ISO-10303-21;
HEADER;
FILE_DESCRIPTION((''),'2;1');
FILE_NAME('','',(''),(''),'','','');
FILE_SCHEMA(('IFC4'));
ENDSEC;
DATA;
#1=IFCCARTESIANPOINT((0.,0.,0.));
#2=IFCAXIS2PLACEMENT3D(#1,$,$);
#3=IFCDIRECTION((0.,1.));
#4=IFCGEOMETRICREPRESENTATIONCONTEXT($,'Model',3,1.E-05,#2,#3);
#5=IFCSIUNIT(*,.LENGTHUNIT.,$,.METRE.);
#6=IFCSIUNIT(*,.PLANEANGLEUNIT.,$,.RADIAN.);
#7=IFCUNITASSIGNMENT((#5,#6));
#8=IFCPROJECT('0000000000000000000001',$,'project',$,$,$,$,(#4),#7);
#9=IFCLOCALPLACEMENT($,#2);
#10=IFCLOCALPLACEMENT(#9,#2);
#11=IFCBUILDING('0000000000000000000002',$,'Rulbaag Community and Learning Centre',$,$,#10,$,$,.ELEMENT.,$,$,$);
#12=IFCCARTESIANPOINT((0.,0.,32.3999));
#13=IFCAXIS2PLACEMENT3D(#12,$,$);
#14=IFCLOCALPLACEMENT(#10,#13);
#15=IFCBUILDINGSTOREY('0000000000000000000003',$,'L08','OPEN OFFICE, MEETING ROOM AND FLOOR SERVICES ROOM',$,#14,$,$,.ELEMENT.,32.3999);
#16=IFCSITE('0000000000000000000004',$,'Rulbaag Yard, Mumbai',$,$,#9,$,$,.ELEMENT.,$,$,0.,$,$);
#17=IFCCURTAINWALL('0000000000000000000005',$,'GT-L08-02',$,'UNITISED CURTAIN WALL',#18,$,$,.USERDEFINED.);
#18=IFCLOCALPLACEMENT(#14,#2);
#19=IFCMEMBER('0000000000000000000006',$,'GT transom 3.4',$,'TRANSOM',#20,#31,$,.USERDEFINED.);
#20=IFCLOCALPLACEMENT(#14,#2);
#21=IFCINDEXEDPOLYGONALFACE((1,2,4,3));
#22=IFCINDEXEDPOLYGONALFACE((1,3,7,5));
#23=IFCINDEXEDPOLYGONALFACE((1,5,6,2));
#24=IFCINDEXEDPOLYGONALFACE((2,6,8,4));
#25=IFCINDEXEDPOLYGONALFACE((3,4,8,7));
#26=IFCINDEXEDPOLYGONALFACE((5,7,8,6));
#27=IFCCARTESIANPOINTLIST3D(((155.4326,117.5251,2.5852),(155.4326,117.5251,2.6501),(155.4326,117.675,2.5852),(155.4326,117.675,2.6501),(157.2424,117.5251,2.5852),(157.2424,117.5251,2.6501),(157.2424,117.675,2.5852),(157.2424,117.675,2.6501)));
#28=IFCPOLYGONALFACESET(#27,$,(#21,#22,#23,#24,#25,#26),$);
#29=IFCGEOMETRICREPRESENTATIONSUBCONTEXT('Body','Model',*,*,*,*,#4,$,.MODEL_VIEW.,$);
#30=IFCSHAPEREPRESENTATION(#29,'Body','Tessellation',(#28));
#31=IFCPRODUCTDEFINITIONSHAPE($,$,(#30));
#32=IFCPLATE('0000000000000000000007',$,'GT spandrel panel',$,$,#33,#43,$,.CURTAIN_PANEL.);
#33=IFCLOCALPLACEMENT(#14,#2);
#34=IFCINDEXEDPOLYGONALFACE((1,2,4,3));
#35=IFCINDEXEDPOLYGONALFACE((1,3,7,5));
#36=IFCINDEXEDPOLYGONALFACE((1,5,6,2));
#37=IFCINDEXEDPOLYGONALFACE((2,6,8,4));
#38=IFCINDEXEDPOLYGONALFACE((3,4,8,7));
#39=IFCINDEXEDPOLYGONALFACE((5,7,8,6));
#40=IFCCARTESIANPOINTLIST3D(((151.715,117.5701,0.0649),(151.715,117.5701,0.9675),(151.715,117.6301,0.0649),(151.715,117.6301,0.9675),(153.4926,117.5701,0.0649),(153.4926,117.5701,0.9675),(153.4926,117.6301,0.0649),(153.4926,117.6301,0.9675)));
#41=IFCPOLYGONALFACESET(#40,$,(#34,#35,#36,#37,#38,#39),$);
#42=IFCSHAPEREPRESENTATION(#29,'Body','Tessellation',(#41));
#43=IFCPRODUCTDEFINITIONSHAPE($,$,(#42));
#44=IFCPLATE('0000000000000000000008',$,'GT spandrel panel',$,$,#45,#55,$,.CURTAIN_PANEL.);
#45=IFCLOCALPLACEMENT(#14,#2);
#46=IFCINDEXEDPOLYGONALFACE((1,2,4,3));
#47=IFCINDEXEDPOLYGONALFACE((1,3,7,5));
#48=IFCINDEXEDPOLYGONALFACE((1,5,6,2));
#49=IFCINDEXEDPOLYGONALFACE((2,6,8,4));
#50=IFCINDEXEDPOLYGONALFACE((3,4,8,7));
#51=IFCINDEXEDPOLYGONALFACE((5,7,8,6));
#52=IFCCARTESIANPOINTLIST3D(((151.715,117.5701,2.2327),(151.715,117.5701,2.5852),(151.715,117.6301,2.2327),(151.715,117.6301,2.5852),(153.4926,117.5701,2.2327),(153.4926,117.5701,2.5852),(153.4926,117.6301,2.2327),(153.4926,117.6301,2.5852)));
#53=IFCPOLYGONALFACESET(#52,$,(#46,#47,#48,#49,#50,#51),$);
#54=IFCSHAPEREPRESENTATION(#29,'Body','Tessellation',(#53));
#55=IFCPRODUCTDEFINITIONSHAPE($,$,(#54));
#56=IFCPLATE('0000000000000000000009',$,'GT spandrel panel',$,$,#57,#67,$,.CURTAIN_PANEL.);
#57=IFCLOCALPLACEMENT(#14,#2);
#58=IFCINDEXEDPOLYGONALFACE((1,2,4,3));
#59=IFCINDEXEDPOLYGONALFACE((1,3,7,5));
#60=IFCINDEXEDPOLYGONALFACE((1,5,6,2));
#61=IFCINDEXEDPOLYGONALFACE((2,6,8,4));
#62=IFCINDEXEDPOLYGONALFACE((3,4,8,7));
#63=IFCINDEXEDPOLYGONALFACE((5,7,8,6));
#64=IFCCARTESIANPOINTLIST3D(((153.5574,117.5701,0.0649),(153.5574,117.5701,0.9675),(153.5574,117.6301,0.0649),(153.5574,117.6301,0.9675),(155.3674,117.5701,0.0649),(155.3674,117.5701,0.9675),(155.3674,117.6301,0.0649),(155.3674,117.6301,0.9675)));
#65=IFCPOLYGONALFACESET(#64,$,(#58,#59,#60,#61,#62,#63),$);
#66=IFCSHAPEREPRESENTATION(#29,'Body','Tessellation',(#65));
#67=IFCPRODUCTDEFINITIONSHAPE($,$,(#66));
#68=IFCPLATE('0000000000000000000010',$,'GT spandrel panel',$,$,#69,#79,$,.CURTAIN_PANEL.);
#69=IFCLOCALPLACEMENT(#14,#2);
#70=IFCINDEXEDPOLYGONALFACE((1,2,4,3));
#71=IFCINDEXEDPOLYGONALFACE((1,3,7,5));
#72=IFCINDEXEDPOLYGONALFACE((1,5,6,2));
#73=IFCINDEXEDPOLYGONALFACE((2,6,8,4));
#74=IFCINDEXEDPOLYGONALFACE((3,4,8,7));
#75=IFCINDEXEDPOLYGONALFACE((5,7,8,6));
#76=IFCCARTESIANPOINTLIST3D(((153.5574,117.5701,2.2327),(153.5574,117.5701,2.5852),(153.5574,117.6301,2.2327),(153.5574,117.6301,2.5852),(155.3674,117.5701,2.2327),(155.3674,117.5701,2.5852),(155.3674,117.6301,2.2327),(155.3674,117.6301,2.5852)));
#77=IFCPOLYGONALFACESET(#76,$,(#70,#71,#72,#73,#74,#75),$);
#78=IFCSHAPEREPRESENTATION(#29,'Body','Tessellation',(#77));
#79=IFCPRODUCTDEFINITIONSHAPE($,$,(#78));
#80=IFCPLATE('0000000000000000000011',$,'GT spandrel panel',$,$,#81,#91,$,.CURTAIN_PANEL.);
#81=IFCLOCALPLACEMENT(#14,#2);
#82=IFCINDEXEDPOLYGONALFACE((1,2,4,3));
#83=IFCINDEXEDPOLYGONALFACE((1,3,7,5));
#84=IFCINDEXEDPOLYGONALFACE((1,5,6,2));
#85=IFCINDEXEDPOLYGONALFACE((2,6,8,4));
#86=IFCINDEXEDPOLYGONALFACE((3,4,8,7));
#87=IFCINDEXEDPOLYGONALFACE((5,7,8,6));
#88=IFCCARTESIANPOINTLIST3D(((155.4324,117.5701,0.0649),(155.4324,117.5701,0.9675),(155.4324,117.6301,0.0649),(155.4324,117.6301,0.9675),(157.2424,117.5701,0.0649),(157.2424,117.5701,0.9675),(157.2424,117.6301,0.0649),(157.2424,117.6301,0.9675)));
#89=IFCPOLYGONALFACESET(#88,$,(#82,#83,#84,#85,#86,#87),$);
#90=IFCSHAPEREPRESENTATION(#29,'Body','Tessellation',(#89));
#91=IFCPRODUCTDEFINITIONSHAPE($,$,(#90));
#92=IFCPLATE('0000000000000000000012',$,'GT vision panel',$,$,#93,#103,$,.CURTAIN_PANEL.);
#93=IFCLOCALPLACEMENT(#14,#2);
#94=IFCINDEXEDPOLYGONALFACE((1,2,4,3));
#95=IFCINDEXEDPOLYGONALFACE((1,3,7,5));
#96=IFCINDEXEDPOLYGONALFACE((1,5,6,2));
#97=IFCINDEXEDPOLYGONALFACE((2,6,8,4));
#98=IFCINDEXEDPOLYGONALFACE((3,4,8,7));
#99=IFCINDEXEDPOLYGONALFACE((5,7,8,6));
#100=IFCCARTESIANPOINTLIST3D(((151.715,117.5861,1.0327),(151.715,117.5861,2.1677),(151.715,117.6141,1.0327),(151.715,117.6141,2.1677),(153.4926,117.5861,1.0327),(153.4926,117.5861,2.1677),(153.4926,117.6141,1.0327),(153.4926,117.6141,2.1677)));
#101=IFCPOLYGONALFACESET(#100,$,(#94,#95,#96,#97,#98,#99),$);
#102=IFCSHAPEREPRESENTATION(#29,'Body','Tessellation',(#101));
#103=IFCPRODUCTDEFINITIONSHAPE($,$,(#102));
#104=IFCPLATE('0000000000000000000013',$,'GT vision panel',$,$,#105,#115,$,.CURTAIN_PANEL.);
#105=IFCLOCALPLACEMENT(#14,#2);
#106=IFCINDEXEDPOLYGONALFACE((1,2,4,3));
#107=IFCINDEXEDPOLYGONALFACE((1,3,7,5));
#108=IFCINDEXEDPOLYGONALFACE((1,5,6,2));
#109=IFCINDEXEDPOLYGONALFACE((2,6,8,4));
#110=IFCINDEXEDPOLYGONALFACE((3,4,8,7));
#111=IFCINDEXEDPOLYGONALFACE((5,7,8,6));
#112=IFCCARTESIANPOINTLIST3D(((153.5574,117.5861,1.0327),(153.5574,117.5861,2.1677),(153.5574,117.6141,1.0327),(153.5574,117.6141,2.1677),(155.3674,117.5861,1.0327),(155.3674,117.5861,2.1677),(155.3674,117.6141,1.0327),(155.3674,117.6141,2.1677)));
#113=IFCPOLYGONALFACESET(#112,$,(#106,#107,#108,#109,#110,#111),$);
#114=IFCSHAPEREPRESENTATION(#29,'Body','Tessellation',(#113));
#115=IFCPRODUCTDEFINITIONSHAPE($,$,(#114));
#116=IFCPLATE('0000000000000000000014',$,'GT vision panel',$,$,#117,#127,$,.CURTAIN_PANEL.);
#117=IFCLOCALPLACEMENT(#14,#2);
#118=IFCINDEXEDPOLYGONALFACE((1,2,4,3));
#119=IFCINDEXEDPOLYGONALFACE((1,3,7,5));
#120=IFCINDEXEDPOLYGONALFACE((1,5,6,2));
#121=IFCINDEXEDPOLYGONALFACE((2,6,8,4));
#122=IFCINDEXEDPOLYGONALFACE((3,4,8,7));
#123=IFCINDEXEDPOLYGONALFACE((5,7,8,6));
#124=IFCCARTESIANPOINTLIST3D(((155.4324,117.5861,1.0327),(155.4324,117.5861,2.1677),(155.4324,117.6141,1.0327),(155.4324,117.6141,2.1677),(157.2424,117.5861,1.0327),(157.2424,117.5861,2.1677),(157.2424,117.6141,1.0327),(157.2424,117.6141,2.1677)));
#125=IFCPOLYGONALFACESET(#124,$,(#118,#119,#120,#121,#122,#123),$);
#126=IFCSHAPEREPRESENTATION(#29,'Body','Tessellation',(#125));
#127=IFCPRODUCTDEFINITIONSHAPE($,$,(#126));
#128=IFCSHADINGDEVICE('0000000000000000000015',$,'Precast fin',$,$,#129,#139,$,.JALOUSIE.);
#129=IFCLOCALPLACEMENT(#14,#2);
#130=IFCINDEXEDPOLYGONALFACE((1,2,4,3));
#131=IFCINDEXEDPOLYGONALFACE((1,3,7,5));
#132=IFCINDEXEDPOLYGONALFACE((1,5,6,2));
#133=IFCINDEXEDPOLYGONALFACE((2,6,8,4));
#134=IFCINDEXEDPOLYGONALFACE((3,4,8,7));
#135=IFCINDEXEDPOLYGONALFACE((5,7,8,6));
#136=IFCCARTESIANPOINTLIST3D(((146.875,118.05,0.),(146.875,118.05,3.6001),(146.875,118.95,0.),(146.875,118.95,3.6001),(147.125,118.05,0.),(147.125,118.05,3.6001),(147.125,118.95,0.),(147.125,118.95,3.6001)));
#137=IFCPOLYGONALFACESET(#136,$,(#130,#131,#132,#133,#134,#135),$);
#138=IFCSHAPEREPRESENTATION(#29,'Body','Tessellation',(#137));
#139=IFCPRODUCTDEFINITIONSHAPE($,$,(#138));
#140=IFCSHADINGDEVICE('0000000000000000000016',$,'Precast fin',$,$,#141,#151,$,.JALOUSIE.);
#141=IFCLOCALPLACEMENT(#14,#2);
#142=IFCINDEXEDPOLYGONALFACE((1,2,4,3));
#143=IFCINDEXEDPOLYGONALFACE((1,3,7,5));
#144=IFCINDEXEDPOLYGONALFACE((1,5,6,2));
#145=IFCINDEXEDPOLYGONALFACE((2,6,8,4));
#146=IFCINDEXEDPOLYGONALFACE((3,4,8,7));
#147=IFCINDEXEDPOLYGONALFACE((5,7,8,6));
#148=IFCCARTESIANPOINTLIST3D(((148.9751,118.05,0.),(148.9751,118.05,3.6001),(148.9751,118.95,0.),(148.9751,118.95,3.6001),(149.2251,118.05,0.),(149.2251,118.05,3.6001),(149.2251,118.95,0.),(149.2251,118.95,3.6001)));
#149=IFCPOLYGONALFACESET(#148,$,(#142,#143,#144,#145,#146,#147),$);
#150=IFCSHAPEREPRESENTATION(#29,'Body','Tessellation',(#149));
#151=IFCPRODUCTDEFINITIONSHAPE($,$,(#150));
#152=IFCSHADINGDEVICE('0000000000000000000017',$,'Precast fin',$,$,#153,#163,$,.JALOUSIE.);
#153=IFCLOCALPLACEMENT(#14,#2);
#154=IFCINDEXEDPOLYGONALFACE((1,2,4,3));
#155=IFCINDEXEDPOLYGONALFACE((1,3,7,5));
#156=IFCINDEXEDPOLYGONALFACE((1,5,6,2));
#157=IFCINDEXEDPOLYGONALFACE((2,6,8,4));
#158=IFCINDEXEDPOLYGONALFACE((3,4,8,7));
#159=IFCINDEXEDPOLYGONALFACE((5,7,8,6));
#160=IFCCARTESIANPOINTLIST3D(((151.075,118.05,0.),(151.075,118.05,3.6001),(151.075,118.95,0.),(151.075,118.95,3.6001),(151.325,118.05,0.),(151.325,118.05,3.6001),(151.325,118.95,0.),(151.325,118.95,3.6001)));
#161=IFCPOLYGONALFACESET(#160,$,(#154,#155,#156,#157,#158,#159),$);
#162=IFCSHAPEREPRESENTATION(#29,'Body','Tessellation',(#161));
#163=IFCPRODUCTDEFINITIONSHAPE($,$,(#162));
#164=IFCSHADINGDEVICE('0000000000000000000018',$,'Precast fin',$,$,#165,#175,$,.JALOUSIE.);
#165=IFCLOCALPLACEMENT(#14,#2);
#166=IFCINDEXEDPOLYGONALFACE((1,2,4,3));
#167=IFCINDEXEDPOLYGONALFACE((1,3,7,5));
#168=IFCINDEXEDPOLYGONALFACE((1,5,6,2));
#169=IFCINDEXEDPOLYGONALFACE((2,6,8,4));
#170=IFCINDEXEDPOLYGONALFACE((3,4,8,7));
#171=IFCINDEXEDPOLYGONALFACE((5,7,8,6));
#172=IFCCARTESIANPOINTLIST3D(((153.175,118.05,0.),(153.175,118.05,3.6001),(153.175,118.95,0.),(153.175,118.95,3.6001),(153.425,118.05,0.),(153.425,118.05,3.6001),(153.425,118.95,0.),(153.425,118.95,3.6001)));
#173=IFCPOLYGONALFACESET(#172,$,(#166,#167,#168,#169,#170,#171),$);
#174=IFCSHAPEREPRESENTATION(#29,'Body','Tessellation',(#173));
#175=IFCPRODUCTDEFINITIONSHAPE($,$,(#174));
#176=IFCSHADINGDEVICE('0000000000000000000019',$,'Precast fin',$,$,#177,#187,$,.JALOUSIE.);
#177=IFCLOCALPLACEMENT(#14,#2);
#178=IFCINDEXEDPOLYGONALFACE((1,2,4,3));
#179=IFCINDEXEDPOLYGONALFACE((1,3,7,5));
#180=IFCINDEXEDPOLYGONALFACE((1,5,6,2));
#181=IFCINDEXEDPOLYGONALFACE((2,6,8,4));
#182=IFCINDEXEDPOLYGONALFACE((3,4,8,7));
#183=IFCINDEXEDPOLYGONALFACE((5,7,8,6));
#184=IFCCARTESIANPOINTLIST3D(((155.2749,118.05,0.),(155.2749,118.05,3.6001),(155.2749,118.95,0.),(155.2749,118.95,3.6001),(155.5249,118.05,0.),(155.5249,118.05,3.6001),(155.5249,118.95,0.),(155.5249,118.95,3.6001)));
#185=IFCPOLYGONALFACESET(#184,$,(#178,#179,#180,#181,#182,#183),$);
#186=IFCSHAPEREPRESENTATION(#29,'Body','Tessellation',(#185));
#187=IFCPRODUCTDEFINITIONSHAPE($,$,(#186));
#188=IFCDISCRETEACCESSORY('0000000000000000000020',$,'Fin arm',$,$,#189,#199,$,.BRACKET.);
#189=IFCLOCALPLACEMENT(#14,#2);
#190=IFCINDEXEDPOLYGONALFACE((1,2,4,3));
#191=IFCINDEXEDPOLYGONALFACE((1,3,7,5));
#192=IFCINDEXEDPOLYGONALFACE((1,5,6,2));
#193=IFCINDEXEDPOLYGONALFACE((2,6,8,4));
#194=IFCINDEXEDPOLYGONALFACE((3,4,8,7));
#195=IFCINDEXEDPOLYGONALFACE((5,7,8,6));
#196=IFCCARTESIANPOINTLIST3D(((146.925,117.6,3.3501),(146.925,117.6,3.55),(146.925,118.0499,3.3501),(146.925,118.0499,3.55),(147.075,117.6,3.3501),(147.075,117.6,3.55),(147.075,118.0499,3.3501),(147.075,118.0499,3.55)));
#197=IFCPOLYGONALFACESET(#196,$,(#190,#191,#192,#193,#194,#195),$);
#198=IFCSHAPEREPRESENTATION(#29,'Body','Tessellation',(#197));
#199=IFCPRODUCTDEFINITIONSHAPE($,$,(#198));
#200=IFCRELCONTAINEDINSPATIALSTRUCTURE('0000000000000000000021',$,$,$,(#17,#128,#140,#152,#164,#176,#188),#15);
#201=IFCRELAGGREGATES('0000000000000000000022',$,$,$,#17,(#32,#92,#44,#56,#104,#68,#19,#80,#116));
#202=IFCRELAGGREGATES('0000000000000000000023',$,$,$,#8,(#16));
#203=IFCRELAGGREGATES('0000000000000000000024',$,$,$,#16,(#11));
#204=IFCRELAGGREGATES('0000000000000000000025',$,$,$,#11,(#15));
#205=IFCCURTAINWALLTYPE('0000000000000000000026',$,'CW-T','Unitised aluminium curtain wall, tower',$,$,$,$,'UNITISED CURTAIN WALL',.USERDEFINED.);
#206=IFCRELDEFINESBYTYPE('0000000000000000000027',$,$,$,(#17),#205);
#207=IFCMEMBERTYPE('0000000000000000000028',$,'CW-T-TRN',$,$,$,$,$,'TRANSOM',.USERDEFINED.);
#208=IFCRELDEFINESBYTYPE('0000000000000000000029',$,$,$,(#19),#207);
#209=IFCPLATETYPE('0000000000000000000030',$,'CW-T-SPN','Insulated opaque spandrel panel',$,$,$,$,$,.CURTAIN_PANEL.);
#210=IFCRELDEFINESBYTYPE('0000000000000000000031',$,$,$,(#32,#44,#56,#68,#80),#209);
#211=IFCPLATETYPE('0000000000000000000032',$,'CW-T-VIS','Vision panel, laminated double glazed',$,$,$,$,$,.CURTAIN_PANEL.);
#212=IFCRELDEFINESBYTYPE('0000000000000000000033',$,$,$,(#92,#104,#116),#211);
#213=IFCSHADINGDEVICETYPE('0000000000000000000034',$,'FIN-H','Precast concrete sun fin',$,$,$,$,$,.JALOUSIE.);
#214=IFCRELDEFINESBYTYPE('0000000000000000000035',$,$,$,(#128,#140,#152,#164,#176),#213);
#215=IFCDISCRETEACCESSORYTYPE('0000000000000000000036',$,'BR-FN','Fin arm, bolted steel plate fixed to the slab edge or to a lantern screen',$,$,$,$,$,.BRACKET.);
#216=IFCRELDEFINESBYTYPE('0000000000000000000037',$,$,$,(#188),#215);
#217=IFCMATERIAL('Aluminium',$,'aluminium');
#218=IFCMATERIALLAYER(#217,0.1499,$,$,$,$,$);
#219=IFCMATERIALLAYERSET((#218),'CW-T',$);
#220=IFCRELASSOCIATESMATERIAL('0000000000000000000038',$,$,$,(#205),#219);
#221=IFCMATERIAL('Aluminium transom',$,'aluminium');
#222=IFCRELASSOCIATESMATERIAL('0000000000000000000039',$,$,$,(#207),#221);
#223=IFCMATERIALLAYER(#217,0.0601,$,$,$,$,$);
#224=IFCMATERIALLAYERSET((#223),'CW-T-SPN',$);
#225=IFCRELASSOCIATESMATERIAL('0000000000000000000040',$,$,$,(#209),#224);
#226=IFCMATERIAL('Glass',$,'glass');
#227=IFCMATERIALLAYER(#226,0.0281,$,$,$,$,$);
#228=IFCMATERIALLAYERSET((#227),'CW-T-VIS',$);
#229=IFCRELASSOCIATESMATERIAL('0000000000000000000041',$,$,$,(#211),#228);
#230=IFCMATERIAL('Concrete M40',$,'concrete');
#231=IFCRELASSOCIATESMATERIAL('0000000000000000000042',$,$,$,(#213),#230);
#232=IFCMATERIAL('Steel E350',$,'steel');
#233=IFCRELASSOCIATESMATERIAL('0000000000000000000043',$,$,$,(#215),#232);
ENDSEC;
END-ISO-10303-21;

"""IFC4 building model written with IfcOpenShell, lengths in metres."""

from ifc_helpers import new_model, si_unit, direction, frame, origin, origin_2d, place, context, subcontext, project, spatial, rectangle, extrude, material, layer, layer_set, material_profile, profile_set, type_object, element, aggregate, save


model = new_model("IFC4")

# Units and contexts
model_context = context("Model", 3, precision=1e-05, world=origin(), true_north=direction((0.0, 1.0)))
body_context = subcontext(model_context, "Body", "Model", "MODEL_VIEW")
ifc_project = project(units=[si_unit("LENGTHUNIT", "METRE"), si_unit("PLANEANGLEUNIT", "RADIAN")], contexts=[model_context])

# Site, building, storey
site_placement = place(None, origin())
site = spatial("IfcSite", under=ifc_project, at=site_placement, Name="Rulbaag Yard, Mumbai", CompositionType="ELEMENT", RefElevation=0.0)
building_placement = place(site_placement, origin())
building = spatial("IfcBuilding", under=site, at=building_placement, Name="Rulbaag Community and Learning Centre", CompositionType="ELEMENT")
storey_placement = place(building_placement, frame((0.0, 0.0, 32.3999)))
storey = spatial("IfcBuildingStorey", under=building, at=storey_placement, Name="L08", Description="OPEN OFFICE, MEETING ROOM AND FLOOR SERVICES ROOM", CompositionType="ELEMENT", Elevation=32.3999)

# Curtain wall, member, plates
ifc_material_1 = material(Name="Aluminium", Category="aluminium")
ifc_layer_1 = layer(ifc_material_1, 0.1499)
ifc_layer_set_1 = layer_set([ifc_layer_1], Name="CW-T")
curtain_wall_type = type_object("IfcCurtainWallType", Name="CW-T", Description="Unitised aluminium curtain wall, tower", ElementType="UNITISED CURTAIN WALL", PredefinedType="USERDEFINED", material=ifc_layer_set_1)
curtain_wall_placement = place(storey_placement, origin())
curtain_wall = element("IfcCurtainWall", 1, at=curtain_wall_placement, inside=storey, type_object=curtain_wall_type, Name="GT-L08-02", ObjectType="UNITISED CURTAIN WALL", PredefinedType="USERDEFINED")
ifc_material_2 = material(Name="Aluminium transom", Category="aluminium")
ifc_material_profile_1 = material_profile(ifc_material_2, rectangle(XDim=0.1499, YDim=0.0649, at=origin_2d()), Name="AL 65x150 T")
ifc_profile_set_1 = profile_set([ifc_material_profile_1], Name="Aluminium transom")
member_type_1 = type_object("IfcMemberType", Name="CW-T-TRN", ElementType="TRANSOM", PredefinedType="USERDEFINED", material=ifc_profile_set_1)
member_1_placement = place(storey_placement, frame((155.4326, 117.6001, 2.6177), z_axis=(1.0, 0.0, 0.0), x_axis=(0.0, 1.0, 0.0)))
member_1 = element("IfcMember", 2, at=member_1_placement, type_object=member_type_1, Name="GT transom 3.4", ObjectType="TRANSOM", PredefinedType="USERDEFINED", context=body_context, shape_type="SweptSolid", body=[
    extrude(rectangle(XDim=0.1499, YDim=0.0649, at=origin_2d()), origin(), (0.0, 0.0, 1.0), 1.8098),
])
ifc_layer_2 = layer(ifc_material_1, 0.0601)
ifc_layer_set_2 = layer_set([ifc_layer_2], Name="CW-T-SPN")
plate_type_1 = type_object("IfcPlateType", Name="CW-T-SPN", Description="Insulated opaque spandrel panel", PredefinedType="CURTAIN_PANEL", material=ifc_layer_set_2)
plate_1_placement = place(storey_placement, frame((152.6038, 117.6001, 0.0649), z_axis=(0.0, 0.0, 1.0), x_axis=(1.0, 0.0, 0.0)))
plate_1 = element("IfcPlate", 3, at=plate_1_placement, type_object=plate_type_1, Name="GT spandrel panel", PredefinedType="CURTAIN_PANEL", context=body_context, shape_type="SweptSolid", body=[
    extrude(rectangle(XDim=1.7776, YDim=0.0601, at=origin_2d()), origin(), (0.0, 0.0, 1.0), 0.9026),
])
plate_2_placement = place(storey_placement, frame((152.6038, 117.6001, 2.2327), z_axis=(0.0, 0.0, 1.0), x_axis=(1.0, 0.0, 0.0)))
plate_2 = element("IfcPlate", 4, at=plate_2_placement, type_object=plate_type_1, Name="GT spandrel panel", PredefinedType="CURTAIN_PANEL", context=body_context, shape_type="SweptSolid", body=[
    extrude(rectangle(XDim=1.7776, YDim=0.0601, at=origin_2d()), origin(), (0.0, 0.0, 1.0), 0.3525),
])
plate_3_placement = place(storey_placement, frame((154.4624, 117.6001, 0.0649), z_axis=(0.0, 0.0, 1.0), x_axis=(1.0, 0.0, 0.0)))
plate_3 = element("IfcPlate", 5, at=plate_3_placement, type_object=plate_type_1, Name="GT spandrel panel", PredefinedType="CURTAIN_PANEL", context=body_context, shape_type="SweptSolid", body=[
    extrude(rectangle(XDim=1.8101, YDim=0.0601, at=origin_2d()), origin(), (0.0, 0.0, 1.0), 0.9026),
])
plate_4_placement = place(storey_placement, frame((154.4624, 117.6001, 2.2327), z_axis=(0.0, 0.0, 1.0), x_axis=(1.0, 0.0, 0.0)))
plate_4 = element("IfcPlate", 6, at=plate_4_placement, type_object=plate_type_1, Name="GT spandrel panel", PredefinedType="CURTAIN_PANEL", context=body_context, shape_type="SweptSolid", body=[
    extrude(rectangle(XDim=1.8101, YDim=0.0601, at=origin_2d()), origin(), (0.0, 0.0, 1.0), 0.3525),
])
plate_5_placement = place(storey_placement, frame((156.3374, 117.6001, 0.0649), z_axis=(0.0, 0.0, 1.0), x_axis=(1.0, 0.0, 0.0)))
plate_5 = element("IfcPlate", 7, at=plate_5_placement, type_object=plate_type_1, Name="GT spandrel panel", PredefinedType="CURTAIN_PANEL", context=body_context, shape_type="SweptSolid", body=[
    extrude(rectangle(XDim=1.8101, YDim=0.0601, at=origin_2d()), origin(), (0.0, 0.0, 1.0), 0.9026),
])
ifc_material_3 = material(Name="Glass", Category="glass")
ifc_layer_3 = layer(ifc_material_3, 0.0281)
ifc_layer_set_3 = layer_set([ifc_layer_3], Name="CW-T-VIS")
plate_type_2 = type_object("IfcPlateType", Name="CW-T-VIS", Description="Vision panel, laminated double glazed", PredefinedType="CURTAIN_PANEL", material=ifc_layer_set_3)
plate_6_placement = place(storey_placement, frame((152.6038, 117.6001, 1.0327), z_axis=(0.0, 0.0, 1.0), x_axis=(1.0, 0.0, 0.0)))
plate_6 = element("IfcPlate", 8, at=plate_6_placement, type_object=plate_type_2, Name="GT vision panel", PredefinedType="CURTAIN_PANEL", context=body_context, shape_type="SweptSolid", body=[
    extrude(rectangle(XDim=1.7776, YDim=0.0281, at=origin_2d()), origin(), (0.0, 0.0, 1.0), 1.135),
])
plate_7_placement = place(storey_placement, frame((154.4624, 117.6001, 1.0327), z_axis=(0.0, 0.0, 1.0), x_axis=(1.0, 0.0, 0.0)))
plate_7 = element("IfcPlate", 9, at=plate_7_placement, type_object=plate_type_2, Name="GT vision panel", PredefinedType="CURTAIN_PANEL", context=body_context, shape_type="SweptSolid", body=[
    extrude(rectangle(XDim=1.8101, YDim=0.0281, at=origin_2d()), origin(), (0.0, 0.0, 1.0), 1.135),
])
plate_8_placement = place(storey_placement, frame((156.3374, 117.6001, 1.0327), z_axis=(0.0, 0.0, 1.0), x_axis=(1.0, 0.0, 0.0)))
plate_8 = element("IfcPlate", 10, at=plate_8_placement, type_object=plate_type_2, Name="GT vision panel", PredefinedType="CURTAIN_PANEL", context=body_context, shape_type="SweptSolid", body=[
    extrude(rectangle(XDim=1.8101, YDim=0.0281, at=origin_2d()), origin(), (0.0, 0.0, 1.0), 1.135),
])
aggregate(curtain_wall, [plate_1, plate_6, plate_2, plate_3, plate_7, plate_4, member_1, plate_5, plate_8])

# Shading devices
ifc_material_4 = material(Name="Concrete M40", Category="concrete")
ifc_material_profile_2 = material_profile(ifc_material_4, rectangle(XDim=0.25, YDim=0.8999, at=origin_2d()), Name="PC 250x900")
ifc_profile_set_2 = profile_set([ifc_material_profile_2], Name="Concrete M40")
shading_device_type = type_object("IfcShadingDeviceType", Name="FIN-H", Description="Precast concrete sun fin", PredefinedType="JALOUSIE", material=ifc_profile_set_2)
for number, where, z_axis, x_axis, name in (
    (11, (147.0, 118.5, 0.0), (0.0, 0.0, 1.0), (1.0, 0.0, 0.0), "Precast fin"),
    (12, (149.1001, 118.5, 0.0), (0.0, 0.0, 1.0), (1.0, 0.0, 0.0), "Precast fin"),
    (13, (151.2, 118.5, 0.0), (0.0, 0.0, 1.0), (1.0, 0.0, 0.0), "Precast fin"),
    (14, (153.3, 118.5, 0.0), (0.0, 0.0, 1.0), (1.0, 0.0, 0.0), "Precast fin"),
    (15, (155.3999, 118.5, 0.0), (0.0, 0.0, 1.0), (1.0, 0.0, 0.0), "Precast fin"),
):
    element("IfcShadingDevice", number, at=place(storey_placement, frame(where, z_axis=z_axis, x_axis=x_axis)), inside=storey, type_object=shading_device_type, Name=name, PredefinedType="JALOUSIE", context=body_context, shape_type="SweptSolid", body=[
        extrude(rectangle(XDim=0.25, YDim=0.8999, at=origin_2d()), origin(), (0.0, 0.0, 1.0), 3.6001),
    ])

# Discrete accessory
ifc_material_5 = material(Name="Steel E350", Category="steel")
discrete_accessory_type = type_object("IfcDiscreteAccessoryType", Name="BR-FN", Description="Fin arm, bolted steel plate fixed to the slab edge or to a lantern screen", PredefinedType="BRACKET", material=ifc_material_5)
for number, where, z_axis, x_axis, name in (
    (16, (147.0, 117.825, 3.3501), (0.0, 0.0, 1.0), (1.0, 0.0, 0.0), "Fin arm"),
):
    element("IfcDiscreteAccessory", number, at=place(storey_placement, frame(where, z_axis=z_axis, x_axis=x_axis)), inside=storey, type_object=discrete_accessory_type, Name=name, PredefinedType="BRACKET", context=body_context, shape_type="SweptSolid", body=[
        extrude(rectangle(XDim=0.1499, YDim=0.45, at=origin_2d()), origin(), (0.0, 0.0, 1.0), 0.2),
    ])

save(model, "model.ifc")
